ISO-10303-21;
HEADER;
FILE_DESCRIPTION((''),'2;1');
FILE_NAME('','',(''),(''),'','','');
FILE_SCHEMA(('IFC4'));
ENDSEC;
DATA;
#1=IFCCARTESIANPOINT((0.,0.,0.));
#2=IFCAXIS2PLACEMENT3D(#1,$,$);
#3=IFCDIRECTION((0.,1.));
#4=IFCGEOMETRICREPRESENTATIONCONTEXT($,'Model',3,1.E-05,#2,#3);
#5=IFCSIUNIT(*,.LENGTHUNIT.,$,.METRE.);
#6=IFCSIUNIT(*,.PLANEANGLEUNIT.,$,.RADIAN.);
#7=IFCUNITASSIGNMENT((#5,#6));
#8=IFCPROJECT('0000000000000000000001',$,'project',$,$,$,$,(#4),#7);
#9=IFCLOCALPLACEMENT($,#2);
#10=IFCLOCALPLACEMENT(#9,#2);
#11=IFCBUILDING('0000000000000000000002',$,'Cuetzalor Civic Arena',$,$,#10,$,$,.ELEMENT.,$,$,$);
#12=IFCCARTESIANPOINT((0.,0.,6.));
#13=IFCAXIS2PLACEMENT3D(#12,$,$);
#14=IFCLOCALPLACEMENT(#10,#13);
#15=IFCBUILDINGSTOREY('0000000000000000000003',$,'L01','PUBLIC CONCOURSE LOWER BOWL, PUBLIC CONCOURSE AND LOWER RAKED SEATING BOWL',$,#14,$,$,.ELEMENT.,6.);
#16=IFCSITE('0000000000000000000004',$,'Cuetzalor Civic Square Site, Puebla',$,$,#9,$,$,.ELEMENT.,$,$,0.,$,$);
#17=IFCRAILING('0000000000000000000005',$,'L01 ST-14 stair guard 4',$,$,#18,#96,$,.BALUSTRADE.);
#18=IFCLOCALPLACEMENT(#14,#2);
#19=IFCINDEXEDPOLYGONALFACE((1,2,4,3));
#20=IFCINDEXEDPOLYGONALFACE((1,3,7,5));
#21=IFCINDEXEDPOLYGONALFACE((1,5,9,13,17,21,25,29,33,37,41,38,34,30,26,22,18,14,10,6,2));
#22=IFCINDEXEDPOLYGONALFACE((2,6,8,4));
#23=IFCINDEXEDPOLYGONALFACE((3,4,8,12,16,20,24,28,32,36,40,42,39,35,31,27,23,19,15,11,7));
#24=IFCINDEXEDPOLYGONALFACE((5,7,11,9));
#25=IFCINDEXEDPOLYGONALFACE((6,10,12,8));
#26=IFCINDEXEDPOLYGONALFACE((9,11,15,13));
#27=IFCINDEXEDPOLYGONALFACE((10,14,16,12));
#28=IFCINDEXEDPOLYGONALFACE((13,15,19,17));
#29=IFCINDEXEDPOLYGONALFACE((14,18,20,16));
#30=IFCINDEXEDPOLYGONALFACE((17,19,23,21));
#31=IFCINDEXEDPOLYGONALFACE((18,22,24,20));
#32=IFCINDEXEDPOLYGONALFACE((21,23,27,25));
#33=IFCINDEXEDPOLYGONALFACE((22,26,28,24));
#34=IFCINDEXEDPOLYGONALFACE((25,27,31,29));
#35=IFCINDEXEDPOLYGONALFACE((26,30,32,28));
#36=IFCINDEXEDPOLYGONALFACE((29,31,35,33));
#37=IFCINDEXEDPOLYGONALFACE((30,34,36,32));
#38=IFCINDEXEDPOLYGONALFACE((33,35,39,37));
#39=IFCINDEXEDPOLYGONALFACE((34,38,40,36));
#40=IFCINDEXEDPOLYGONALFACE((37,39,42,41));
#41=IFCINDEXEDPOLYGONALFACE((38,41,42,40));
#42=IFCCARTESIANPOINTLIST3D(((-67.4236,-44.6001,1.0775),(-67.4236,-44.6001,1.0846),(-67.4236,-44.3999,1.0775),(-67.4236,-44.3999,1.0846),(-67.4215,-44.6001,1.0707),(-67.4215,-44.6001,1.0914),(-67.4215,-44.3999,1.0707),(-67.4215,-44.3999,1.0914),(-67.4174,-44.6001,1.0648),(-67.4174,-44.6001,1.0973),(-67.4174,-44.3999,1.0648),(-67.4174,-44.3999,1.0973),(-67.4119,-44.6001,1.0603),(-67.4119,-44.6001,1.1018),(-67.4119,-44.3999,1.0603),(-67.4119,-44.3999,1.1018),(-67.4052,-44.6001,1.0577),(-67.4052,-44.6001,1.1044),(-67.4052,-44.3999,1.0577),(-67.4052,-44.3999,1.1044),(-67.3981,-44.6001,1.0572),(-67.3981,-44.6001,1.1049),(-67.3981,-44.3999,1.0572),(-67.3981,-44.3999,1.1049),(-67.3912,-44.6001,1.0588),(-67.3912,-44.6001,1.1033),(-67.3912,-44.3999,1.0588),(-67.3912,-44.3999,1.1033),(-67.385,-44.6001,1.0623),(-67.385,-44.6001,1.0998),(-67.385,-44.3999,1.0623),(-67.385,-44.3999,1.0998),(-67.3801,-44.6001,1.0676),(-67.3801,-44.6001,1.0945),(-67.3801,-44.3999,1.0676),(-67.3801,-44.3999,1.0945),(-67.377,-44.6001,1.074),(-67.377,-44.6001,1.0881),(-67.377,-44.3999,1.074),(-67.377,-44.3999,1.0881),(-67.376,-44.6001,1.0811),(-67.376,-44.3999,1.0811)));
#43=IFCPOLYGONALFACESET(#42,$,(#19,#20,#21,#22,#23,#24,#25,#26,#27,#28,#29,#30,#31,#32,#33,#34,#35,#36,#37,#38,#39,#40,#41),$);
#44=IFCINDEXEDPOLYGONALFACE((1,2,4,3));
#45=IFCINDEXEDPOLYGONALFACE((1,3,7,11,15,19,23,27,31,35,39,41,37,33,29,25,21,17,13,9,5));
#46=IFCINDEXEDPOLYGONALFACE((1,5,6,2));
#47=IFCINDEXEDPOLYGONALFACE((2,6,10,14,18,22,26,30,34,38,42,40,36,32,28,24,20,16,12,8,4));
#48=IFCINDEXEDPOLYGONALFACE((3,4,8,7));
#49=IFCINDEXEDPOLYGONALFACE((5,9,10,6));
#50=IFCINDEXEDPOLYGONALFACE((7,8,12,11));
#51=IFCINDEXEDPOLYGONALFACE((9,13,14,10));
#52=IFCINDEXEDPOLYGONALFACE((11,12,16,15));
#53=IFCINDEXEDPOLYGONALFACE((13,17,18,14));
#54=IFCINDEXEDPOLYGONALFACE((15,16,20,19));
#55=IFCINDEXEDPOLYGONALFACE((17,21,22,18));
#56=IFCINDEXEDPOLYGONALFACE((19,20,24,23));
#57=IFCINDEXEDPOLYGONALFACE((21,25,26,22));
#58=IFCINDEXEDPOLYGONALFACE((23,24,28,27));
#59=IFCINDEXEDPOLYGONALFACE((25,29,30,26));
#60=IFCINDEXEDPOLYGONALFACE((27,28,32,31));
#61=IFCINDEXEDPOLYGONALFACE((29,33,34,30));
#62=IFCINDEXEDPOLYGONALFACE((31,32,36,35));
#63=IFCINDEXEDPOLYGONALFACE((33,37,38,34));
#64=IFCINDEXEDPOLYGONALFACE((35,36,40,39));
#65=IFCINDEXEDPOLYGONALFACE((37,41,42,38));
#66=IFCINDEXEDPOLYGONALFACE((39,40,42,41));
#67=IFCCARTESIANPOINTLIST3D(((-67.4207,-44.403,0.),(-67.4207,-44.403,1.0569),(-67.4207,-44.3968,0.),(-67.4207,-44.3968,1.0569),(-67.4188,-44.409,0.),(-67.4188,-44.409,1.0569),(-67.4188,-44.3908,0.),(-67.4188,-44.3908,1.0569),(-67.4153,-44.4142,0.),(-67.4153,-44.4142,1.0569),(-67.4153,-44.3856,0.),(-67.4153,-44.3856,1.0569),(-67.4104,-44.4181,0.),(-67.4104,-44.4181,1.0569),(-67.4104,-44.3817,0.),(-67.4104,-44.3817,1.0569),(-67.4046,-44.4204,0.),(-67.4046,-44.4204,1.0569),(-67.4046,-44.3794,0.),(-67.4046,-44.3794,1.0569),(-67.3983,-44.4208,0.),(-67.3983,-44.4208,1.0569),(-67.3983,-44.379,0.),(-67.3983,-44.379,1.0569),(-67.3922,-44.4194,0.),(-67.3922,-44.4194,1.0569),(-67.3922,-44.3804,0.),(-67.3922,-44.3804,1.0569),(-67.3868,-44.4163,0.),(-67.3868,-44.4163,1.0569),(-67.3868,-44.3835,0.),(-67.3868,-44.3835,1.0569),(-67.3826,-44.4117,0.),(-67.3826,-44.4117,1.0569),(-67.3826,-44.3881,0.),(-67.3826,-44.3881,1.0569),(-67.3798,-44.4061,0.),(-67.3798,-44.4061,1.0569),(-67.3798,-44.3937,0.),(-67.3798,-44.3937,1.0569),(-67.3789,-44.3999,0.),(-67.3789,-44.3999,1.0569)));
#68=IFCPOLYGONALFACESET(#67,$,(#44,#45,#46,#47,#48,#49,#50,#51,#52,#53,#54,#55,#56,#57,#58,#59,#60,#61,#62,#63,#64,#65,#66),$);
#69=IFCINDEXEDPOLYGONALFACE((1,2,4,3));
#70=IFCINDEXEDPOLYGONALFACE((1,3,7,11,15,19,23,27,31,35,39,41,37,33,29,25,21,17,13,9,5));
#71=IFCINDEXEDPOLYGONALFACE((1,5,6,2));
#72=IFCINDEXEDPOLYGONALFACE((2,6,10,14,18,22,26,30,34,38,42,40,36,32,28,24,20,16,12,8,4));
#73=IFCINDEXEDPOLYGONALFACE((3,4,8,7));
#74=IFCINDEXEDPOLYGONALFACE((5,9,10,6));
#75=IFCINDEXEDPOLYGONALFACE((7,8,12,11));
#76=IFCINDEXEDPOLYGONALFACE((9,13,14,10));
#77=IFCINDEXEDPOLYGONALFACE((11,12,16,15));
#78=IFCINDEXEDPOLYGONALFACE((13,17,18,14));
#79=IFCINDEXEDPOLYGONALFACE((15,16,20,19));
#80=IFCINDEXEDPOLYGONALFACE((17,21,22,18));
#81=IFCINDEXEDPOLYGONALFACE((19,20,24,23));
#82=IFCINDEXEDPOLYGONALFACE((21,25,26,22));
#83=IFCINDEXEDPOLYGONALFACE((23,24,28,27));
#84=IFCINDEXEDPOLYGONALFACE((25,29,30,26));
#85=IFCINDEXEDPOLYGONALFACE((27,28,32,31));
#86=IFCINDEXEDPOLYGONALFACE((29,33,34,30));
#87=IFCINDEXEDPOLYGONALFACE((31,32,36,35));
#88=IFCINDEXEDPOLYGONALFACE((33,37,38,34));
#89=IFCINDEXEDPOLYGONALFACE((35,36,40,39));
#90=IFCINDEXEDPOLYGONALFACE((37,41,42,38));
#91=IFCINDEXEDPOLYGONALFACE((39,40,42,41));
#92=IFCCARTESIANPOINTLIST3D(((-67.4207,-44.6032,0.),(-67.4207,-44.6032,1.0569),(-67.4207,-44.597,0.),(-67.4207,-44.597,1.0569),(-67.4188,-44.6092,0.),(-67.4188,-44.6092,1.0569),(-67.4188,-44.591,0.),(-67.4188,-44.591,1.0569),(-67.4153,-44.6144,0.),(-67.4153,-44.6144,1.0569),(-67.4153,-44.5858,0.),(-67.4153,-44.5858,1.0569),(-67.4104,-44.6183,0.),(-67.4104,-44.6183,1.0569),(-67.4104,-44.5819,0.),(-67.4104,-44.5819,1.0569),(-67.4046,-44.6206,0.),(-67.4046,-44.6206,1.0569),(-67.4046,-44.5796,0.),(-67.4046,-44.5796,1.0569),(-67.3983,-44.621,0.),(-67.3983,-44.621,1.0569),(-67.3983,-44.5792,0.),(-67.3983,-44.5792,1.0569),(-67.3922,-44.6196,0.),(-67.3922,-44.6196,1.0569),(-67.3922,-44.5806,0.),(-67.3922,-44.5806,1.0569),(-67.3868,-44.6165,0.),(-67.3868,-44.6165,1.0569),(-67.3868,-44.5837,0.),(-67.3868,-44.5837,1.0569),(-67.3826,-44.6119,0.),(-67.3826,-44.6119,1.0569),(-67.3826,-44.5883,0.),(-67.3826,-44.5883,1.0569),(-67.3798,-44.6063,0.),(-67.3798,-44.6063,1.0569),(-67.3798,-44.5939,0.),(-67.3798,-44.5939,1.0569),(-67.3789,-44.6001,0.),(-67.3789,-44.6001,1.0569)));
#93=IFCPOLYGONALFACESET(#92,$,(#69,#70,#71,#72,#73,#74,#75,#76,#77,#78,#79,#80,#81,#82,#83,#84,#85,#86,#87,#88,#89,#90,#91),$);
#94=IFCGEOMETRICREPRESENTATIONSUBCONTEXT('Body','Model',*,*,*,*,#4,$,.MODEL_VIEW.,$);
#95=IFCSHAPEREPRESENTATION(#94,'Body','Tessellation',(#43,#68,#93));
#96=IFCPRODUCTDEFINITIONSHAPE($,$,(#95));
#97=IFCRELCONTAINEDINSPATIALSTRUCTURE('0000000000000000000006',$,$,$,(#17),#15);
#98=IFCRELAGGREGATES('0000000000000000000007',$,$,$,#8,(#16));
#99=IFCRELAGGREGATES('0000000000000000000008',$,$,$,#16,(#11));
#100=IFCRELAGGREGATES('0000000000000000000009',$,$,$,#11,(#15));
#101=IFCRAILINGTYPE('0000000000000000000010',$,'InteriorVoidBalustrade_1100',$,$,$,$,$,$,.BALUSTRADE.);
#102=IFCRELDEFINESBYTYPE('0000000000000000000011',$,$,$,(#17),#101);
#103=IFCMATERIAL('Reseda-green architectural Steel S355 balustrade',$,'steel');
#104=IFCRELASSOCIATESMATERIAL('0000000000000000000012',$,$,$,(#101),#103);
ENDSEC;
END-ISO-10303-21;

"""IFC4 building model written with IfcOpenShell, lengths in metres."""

from ifc_helpers import new_model, si_unit, direction, frame, origin, origin_2d, place, context, subcontext, project, spatial, circle, extrude, material, type_object, element, save


model = new_model("IFC4")

# Units and contexts
model_context = context("Model", 3, precision=1e-05, world=origin(), true_north=direction((0.0, 1.0)))
body_context = subcontext(model_context, "Body", "Model", "MODEL_VIEW")
ifc_project = project(units=[si_unit("LENGTHUNIT", "METRE"), si_unit("PLANEANGLEUNIT", "RADIAN")], contexts=[model_context])

# Site, building, storey
site_placement = place(None, origin())
site = spatial("IfcSite", under=ifc_project, at=site_placement, Name="Cuetzalor Civic Square Site, Puebla", CompositionType="ELEMENT", RefElevation=0.0)
building_placement = place(site_placement, origin())
building = spatial("IfcBuilding", under=site, at=building_placement, Name="Cuetzalor Civic Arena", CompositionType="ELEMENT")
storey_placement = place(building_placement, frame((0.0, 0.0, 6.0)))
storey = spatial("IfcBuildingStorey", under=building, at=storey_placement, Name="L01", Description="PUBLIC CONCOURSE LOWER BOWL, PUBLIC CONCOURSE AND LOWER RAKED SEATING BOWL", CompositionType="ELEMENT", Elevation=6.0)

# Railing
ifc_material_1 = material(Name="Reseda-green architectural Steel S355 balustrade", Category="steel")
railing_type_1 = type_object("IfcRailingType", Name="InteriorVoidBalustrade_1100", PredefinedType="BALUSTRADE", material=ifc_material_1)
railing_1_placement = place(storey_placement, frame((-67.3999, -44.3999, 0.0)))
element("IfcRailing", 1, at=railing_1_placement, inside=storey, type_object=railing_type_1, Name="L01 ST-14 stair guard 4", PredefinedType="BALUSTRADE", context=body_context, shape_type="SweptSolid", body=[
    extrude(circle(Radius=0.0239, at=origin_2d()), frame((0.0, 0.0, 1.0811), z_axis=(0.0, -1.0, 0.0), x_axis=(1.0, 0.0, 0.0)), (0.0, 0.0, 1.0), 0.2002),
    extrude(circle(Radius=0.021, at=origin_2d()), origin(), (0.0, 0.0, 1.0), 1.0569),
    extrude(circle(Radius=0.021, at=origin_2d()), frame((0.0, -0.2002, 0.0)), (0.0, 0.0, 1.0), 1.0569),
])

save(model, "model.ifc")
